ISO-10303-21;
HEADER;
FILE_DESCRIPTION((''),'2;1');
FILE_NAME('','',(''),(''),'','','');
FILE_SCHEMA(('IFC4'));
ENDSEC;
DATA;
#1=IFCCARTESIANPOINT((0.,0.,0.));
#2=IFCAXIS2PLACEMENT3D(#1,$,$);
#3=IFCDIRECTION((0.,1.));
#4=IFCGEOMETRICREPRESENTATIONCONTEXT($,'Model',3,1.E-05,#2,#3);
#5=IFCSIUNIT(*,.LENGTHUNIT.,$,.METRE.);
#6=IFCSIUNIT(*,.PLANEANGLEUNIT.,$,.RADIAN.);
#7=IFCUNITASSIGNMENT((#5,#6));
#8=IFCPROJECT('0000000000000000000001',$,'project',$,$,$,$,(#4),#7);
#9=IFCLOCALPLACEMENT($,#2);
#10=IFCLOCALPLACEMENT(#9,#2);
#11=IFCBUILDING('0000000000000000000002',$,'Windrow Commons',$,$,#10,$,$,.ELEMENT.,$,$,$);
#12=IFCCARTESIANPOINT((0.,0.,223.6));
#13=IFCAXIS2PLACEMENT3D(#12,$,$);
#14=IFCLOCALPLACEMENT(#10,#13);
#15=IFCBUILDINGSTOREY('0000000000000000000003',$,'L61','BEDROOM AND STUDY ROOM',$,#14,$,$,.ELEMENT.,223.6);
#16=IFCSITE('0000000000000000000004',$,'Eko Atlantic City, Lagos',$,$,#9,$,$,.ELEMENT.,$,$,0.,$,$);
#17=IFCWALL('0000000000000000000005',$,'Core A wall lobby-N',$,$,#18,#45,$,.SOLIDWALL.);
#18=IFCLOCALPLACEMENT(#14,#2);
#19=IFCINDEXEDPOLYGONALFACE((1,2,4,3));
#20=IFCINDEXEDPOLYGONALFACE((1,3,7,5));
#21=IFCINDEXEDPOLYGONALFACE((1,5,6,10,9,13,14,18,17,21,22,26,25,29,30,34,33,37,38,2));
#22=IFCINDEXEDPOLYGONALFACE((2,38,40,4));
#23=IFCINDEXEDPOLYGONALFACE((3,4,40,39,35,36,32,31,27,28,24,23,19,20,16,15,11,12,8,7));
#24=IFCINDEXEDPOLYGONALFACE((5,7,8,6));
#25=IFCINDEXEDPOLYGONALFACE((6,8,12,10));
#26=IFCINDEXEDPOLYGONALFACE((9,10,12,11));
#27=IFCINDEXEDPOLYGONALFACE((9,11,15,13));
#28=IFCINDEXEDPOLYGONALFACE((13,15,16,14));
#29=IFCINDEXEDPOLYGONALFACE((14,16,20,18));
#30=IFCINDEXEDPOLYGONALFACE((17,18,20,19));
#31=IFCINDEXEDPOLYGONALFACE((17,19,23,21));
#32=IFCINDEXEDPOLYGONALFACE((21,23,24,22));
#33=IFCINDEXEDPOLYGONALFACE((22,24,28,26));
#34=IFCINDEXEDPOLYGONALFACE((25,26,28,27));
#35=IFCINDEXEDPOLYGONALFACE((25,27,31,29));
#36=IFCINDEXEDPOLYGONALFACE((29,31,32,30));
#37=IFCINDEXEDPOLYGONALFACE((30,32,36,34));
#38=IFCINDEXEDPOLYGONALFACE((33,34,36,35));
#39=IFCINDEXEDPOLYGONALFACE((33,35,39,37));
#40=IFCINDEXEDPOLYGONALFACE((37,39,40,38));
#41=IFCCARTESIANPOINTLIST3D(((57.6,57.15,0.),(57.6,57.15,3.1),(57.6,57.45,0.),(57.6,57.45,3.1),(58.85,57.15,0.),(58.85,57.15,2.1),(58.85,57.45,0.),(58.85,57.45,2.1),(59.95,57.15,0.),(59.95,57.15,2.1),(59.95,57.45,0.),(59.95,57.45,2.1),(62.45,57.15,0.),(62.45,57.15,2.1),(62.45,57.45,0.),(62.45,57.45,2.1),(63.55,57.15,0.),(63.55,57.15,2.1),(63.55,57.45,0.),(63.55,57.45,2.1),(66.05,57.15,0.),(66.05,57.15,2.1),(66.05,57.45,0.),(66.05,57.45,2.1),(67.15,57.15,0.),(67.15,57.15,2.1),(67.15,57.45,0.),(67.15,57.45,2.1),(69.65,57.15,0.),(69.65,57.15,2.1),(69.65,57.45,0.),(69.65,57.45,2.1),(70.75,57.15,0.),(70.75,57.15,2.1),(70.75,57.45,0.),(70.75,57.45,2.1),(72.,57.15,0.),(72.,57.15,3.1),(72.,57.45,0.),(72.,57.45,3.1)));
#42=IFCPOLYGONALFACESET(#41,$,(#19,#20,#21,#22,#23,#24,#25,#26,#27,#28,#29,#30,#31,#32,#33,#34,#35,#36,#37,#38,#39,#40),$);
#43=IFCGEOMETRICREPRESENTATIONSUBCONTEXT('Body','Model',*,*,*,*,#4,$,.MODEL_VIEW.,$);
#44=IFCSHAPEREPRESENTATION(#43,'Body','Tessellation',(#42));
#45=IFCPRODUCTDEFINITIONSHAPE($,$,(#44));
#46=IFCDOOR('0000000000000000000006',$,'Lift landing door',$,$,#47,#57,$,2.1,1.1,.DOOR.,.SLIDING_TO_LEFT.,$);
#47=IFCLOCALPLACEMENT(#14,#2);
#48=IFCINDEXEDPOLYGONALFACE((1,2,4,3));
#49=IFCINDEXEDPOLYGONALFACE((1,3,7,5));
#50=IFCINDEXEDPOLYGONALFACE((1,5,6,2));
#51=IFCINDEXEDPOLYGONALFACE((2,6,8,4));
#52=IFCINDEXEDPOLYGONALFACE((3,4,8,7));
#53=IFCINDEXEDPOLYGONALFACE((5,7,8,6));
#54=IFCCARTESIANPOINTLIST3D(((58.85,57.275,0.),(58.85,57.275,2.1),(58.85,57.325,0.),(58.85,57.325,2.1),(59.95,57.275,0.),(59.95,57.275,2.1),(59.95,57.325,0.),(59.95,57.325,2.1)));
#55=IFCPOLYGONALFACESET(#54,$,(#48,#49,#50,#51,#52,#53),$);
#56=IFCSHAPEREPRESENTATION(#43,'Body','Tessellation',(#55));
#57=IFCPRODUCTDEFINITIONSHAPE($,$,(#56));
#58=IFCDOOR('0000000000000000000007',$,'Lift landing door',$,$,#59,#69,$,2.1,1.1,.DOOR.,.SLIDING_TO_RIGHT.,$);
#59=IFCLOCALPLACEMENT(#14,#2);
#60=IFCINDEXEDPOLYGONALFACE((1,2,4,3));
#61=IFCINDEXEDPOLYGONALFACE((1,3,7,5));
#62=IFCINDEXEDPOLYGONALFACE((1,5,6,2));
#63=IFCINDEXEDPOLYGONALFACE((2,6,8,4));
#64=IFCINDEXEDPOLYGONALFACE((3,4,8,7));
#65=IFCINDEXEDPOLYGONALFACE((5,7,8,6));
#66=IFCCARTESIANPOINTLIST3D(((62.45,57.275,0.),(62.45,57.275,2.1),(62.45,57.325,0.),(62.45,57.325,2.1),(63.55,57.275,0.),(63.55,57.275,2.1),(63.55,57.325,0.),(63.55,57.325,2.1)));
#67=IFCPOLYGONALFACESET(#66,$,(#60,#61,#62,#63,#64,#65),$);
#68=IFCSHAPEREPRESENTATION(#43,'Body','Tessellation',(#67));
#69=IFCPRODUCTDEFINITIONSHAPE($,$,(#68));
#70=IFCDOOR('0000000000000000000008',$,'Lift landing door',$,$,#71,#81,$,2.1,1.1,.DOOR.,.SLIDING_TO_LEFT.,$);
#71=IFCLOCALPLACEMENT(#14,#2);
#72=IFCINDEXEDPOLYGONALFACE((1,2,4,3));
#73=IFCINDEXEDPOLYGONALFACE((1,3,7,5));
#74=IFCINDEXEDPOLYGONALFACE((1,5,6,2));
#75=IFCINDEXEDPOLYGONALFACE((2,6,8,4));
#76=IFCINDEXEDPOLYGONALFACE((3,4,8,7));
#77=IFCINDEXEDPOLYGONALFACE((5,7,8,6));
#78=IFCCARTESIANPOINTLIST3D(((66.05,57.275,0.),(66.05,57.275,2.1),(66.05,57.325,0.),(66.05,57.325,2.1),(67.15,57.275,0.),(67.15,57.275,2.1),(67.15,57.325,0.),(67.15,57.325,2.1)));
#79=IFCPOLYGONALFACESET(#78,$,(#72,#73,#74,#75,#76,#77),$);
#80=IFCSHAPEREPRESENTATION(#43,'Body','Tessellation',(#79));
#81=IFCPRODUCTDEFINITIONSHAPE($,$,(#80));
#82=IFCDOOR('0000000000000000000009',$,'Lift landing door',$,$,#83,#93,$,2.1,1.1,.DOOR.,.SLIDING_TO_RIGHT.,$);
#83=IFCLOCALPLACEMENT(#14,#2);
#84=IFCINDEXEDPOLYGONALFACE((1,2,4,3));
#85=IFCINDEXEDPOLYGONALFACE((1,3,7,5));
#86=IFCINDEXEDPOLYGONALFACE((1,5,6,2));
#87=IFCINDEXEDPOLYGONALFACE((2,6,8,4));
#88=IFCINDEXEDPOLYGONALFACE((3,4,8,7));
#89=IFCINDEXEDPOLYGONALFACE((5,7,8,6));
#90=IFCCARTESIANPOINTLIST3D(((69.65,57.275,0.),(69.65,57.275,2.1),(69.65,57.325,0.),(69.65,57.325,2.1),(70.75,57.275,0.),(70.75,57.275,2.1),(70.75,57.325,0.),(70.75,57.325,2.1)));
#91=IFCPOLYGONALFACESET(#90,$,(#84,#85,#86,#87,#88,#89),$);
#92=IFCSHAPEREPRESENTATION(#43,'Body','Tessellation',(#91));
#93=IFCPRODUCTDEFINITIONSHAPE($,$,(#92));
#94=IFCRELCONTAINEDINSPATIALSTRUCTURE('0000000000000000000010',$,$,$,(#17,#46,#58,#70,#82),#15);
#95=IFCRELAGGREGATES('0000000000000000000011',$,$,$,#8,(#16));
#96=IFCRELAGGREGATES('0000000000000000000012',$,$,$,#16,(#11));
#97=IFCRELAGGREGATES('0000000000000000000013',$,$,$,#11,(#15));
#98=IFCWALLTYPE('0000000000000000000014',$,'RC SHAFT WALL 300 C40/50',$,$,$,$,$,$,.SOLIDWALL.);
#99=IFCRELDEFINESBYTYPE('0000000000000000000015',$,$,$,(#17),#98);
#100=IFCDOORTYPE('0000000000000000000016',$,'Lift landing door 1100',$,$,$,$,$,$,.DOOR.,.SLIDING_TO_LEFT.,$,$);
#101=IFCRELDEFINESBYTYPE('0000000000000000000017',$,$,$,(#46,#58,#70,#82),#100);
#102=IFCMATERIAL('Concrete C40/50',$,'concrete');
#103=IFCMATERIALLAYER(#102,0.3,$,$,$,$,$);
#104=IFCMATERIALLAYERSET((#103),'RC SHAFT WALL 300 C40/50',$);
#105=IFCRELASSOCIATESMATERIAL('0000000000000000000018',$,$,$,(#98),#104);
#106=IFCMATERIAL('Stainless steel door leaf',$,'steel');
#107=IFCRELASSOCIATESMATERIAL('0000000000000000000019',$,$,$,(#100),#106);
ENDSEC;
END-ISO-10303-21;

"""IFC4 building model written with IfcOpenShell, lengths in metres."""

from ifc_helpers import new_model, si_unit, direction, frame, frame_2d, origin, place, context, subcontext, project, spatial, rectangle, extrude, material, layer, layer_set, type_object, element, fill, save


model = new_model("IFC4")

# Units and contexts
model_context = context("Model", 3, precision=1e-05, world=origin(), true_north=direction((0.0, 1.0)))
body_context = subcontext(model_context, "Body", "Model", "MODEL_VIEW")
ifc_project = project(units=[si_unit("LENGTHUNIT", "METRE"), si_unit("PLANEANGLEUNIT", "RADIAN")], contexts=[model_context])

# Site, building, storey
site_placement = place(None, origin())
site = spatial("IfcSite", under=ifc_project, at=site_placement, Name="Eko Atlantic City, Lagos", CompositionType="ELEMENT", RefElevation=0.0)
building_placement = place(site_placement, origin())
building = spatial("IfcBuilding", under=site, at=building_placement, Name="Windrow Commons", CompositionType="ELEMENT")
storey_placement = place(building_placement, frame((0.0, 0.0, 223.6)))
storey = spatial("IfcBuildingStorey", under=building, at=storey_placement, Name="L61", Description="BEDROOM AND STUDY ROOM", CompositionType="ELEMENT", Elevation=223.6)

# Wall, openings, doors
ifc_material_1 = material(Name="Concrete C40/50", Category="concrete")
ifc_layer_1 = layer(ifc_material_1, 0.3)
ifc_layer_set_1 = layer_set([ifc_layer_1], Name="RC SHAFT WALL 300 C40/50")
wall_type_1 = type_object("IfcWallType", Name="RC SHAFT WALL 300 C40/50", PredefinedType="SOLIDWALL", material=ifc_layer_set_1)
ifc_material_2 = material(Name="Stainless steel door leaf", Category="steel")
door_type_1 = type_object("IfcDoorType", Name="Lift landing door 1100", OperationType="SLIDING_TO_LEFT", PredefinedType="DOOR", material=ifc_material_2)
wall_1_placement = place(storey_placement, frame((57.6, 57.3, 0.0), z_axis=(0.0, 0.0, 1.0), x_axis=(1.0, 0.0, 0.0)))
wall_1 = element("IfcWall", 1, at=wall_1_placement, inside=storey, type_object=wall_type_1, Name="Core A wall lobby-N", PredefinedType="SOLIDWALL", context=body_context, shape_type="SweptSolid", body=[
    extrude(rectangle(XDim=14.4, YDim=0.3, at=frame_2d((7.2, 0.0))), origin(), (0.0, 0.0, 1.0), 3.1),
])
opening_1_placement = place(wall_1_placement, frame((1.25, 0.0, 0.0)))
opening_1 = element("IfcOpeningElement", 2, at=opening_1_placement, cuts=wall_1, PredefinedType="OPENING", context=body_context, shape_type="SweptSolid", body=[
    extrude(rectangle(XDim=1.1, YDim=2.1, at=frame_2d((0.55, 1.05))), frame((0.0, 0.16, 0.0), z_axis=(0.0, -1.0, 0.0), x_axis=(1.0, 0.0, 0.0)), (0.0, 0.0, 1.0), 0.32),
])
opening_2_placement = place(wall_1_placement, frame((4.85, 0.0, 0.0)))
opening_2 = element("IfcOpeningElement", 3, at=opening_2_placement, cuts=wall_1, PredefinedType="OPENING", context=body_context, shape_type="SweptSolid", body=[
    extrude(rectangle(XDim=1.1, YDim=2.1, at=frame_2d((0.55, 1.05))), frame((0.0, 0.16, 0.0), z_axis=(0.0, -1.0, 0.0), x_axis=(1.0, 0.0, 0.0)), (0.0, 0.0, 1.0), 0.32),
])
opening_3_placement = place(wall_1_placement, frame((8.45, 0.0, 0.0)))
opening_3 = element("IfcOpeningElement", 4, at=opening_3_placement, cuts=wall_1, PredefinedType="OPENING", context=body_context, shape_type="SweptSolid", body=[
    extrude(rectangle(XDim=1.1, YDim=2.1, at=frame_2d((0.55, 1.05))), frame((0.0, 0.16, 0.0), z_axis=(0.0, -1.0, 0.0), x_axis=(1.0, 0.0, 0.0)), (0.0, 0.0, 1.0), 0.32),
])
opening_4_placement = place(wall_1_placement, frame((12.05, 0.0, 0.0)))
opening_4 = element("IfcOpeningElement", 5, at=opening_4_placement, cuts=wall_1, PredefinedType="OPENING", context=body_context, shape_type="SweptSolid", body=[
    extrude(rectangle(XDim=1.1, YDim=2.1, at=frame_2d((0.55, 1.05))), frame((0.0, 0.16, 0.0), z_axis=(0.0, -1.0, 0.0), x_axis=(1.0, 0.0, 0.0)), (0.0, 0.0, 1.0), 0.32),
])
door_1_placement = place(opening_1_placement, origin())
door_1 = element("IfcDoor", 6, at=door_1_placement, inside=storey, type_object=door_type_1, Name="Lift landing door", OperationType="SLIDING_TO_LEFT", OverallHeight=2.1, OverallWidth=1.1, PredefinedType="DOOR", context=body_context, shape_type="SweptSolid", body=[
    extrude(rectangle(XDim=1.1, YDim=2.1, at=frame_2d((0.55, 1.05))), frame((0.0, 0.025, 0.0), z_axis=(0.0, -1.0, 0.0), x_axis=(1.0, 0.0, 0.0)), (0.0, 0.0, 1.0), 0.05),
])
fill(opening_1, door_1)
door_2_placement = place(opening_2_placement, origin())
door_2 = element("IfcDoor", 7, at=door_2_placement, inside=storey, type_object=door_type_1, Name="Lift landing door", OperationType="SLIDING_TO_RIGHT", OverallHeight=2.1, OverallWidth=1.1, PredefinedType="DOOR", context=body_context, shape_type="SweptSolid", body=[
    extrude(rectangle(XDim=1.1, YDim=2.1, at=frame_2d((0.55, 1.05))), frame((0.0, 0.025, 0.0), z_axis=(0.0, -1.0, 0.0), x_axis=(1.0, 0.0, 0.0)), (0.0, 0.0, 1.0), 0.05),
])
fill(opening_2, door_2)
door_3_placement = place(opening_3_placement, origin())
door_3 = element("IfcDoor", 8, at=door_3_placement, inside=storey, type_object=door_type_1, Name="Lift landing door", OperationType="SLIDING_TO_LEFT", OverallHeight=2.1, OverallWidth=1.1, PredefinedType="DOOR", context=body_context, shape_type="SweptSolid", body=[
    extrude(rectangle(XDim=1.1, YDim=2.1, at=frame_2d((0.55, 1.05))), frame((0.0, 0.025, 0.0), z_axis=(0.0, -1.0, 0.0), x_axis=(1.0, 0.0, 0.0)), (0.0, 0.0, 1.0), 0.05),
])
fill(opening_3, door_3)
door_4_placement = place(opening_4_placement, origin())
door_4 = element("IfcDoor", 9, at=door_4_placement, inside=storey, type_object=door_type_1, Name="Lift landing door", OperationType="SLIDING_TO_RIGHT", OverallHeight=2.1, OverallWidth=1.1, PredefinedType="DOOR", context=body_context, shape_type="SweptSolid", body=[
    extrude(rectangle(XDim=1.1, YDim=2.1, at=frame_2d((0.55, 1.05))), frame((0.0, 0.025, 0.0), z_axis=(0.0, -1.0, 0.0), x_axis=(1.0, 0.0, 0.0)), (0.0, 0.0, 1.0), 0.05),
])
fill(opening_4, door_4)

save(model, "model.ifc")
